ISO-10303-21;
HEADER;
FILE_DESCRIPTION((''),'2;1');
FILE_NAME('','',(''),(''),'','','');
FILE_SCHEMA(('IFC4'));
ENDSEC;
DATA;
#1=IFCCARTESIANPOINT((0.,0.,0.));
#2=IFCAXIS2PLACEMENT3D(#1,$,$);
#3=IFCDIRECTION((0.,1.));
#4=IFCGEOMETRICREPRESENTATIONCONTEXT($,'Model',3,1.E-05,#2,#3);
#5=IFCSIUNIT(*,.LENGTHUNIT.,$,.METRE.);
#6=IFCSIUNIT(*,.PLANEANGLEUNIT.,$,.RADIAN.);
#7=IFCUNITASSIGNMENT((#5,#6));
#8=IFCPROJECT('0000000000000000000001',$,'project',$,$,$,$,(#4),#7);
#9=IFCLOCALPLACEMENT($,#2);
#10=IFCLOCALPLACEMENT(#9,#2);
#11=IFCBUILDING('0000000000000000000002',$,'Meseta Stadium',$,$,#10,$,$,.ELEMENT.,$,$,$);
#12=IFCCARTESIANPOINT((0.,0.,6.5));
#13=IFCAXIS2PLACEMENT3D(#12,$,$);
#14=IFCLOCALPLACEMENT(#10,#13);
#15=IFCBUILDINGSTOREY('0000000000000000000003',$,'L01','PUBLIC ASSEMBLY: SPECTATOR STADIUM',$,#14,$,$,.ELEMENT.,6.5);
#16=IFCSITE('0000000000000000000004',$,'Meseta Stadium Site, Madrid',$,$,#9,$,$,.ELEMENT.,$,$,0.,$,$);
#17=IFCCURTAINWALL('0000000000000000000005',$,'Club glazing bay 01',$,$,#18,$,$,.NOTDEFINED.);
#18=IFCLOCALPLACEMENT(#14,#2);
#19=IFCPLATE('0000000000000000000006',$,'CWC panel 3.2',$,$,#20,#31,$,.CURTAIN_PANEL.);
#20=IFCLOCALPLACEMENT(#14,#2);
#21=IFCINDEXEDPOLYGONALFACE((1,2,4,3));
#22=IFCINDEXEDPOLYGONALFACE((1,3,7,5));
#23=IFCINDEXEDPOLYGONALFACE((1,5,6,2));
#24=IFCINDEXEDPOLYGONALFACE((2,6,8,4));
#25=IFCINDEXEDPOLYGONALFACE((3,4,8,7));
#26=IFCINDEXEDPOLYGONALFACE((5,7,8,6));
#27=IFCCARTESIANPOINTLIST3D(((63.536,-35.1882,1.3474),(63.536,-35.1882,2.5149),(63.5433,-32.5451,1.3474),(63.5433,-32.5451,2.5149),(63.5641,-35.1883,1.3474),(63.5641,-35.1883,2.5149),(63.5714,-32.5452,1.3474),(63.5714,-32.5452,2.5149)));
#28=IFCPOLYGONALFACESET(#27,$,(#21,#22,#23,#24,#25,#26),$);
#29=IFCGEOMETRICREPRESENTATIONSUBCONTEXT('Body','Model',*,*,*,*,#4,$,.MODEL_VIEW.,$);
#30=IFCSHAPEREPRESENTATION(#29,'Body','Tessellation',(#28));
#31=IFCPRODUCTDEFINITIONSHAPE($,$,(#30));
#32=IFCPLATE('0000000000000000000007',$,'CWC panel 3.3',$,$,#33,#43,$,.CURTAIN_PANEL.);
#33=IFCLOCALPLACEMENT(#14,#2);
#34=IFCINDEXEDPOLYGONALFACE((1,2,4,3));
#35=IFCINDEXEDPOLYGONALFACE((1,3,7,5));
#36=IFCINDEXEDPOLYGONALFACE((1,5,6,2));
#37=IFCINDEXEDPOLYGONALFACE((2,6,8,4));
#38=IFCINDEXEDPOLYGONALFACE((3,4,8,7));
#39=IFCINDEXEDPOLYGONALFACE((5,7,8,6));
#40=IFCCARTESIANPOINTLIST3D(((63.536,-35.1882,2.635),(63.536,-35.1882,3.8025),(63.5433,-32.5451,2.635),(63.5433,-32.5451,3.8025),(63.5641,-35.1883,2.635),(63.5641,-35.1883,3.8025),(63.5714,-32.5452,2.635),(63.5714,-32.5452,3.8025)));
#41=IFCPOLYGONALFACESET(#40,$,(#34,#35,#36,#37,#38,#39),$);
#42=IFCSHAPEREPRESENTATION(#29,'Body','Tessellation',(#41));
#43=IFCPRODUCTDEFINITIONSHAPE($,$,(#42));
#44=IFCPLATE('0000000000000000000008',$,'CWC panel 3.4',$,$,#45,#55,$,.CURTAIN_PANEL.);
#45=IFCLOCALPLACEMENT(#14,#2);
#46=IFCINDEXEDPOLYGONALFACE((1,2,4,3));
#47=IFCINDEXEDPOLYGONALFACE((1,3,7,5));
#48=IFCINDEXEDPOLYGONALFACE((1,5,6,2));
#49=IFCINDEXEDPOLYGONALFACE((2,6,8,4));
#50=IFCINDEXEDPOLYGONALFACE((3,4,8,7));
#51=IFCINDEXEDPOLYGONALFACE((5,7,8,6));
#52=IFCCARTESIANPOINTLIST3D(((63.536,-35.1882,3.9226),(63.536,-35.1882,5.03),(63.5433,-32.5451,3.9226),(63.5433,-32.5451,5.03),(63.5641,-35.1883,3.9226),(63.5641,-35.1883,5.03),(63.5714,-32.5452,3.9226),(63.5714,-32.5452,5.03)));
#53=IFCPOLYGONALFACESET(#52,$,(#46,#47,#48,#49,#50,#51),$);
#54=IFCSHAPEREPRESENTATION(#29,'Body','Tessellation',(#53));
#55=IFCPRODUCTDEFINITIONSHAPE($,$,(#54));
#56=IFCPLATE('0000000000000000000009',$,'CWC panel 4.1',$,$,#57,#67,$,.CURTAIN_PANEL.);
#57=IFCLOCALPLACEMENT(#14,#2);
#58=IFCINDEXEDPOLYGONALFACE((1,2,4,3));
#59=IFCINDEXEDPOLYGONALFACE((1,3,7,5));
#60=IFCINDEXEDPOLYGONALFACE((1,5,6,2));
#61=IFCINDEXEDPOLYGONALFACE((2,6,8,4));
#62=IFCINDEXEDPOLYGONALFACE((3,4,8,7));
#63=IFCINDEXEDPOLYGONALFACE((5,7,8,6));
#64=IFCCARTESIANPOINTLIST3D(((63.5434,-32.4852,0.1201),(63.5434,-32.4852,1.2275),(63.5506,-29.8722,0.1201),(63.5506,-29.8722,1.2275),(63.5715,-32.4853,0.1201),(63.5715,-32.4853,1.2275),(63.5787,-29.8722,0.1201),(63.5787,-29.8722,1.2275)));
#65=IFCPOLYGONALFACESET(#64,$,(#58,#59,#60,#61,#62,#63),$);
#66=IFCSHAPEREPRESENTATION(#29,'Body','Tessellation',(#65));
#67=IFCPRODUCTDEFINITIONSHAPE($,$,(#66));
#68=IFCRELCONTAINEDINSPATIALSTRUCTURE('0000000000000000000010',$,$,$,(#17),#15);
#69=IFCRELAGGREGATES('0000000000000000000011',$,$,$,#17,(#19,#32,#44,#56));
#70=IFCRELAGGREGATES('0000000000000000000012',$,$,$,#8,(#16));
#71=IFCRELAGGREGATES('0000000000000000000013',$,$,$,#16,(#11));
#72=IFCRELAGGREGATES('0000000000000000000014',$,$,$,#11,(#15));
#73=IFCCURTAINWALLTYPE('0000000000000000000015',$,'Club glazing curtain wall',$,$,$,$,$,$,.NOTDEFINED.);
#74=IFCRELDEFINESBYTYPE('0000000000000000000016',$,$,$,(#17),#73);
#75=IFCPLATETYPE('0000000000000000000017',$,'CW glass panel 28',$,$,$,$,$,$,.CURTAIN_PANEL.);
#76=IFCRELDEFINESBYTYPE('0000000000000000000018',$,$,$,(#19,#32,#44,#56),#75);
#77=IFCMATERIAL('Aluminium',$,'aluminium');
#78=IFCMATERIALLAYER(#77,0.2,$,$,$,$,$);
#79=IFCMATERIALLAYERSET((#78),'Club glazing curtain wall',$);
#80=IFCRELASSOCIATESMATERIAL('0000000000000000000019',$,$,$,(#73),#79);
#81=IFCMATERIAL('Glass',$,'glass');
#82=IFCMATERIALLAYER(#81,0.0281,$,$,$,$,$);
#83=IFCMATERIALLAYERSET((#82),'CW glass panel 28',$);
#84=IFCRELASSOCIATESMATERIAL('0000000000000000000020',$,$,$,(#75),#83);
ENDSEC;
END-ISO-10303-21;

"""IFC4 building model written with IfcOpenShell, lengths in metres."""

from ifc_helpers import new_model, si_unit, direction, frame, origin, origin_2d, place, context, subcontext, project, spatial, rectangle, extrude, material, layer, layer_set, type_object, element, aggregate, save


model = new_model("IFC4")

# Units and contexts
model_context = context("Model", 3, precision=1e-05, world=origin(), true_north=direction((0.0, 1.0)))
body_context = subcontext(model_context, "Body", "Model", "MODEL_VIEW")
ifc_project = project(units=[si_unit("LENGTHUNIT", "METRE"), si_unit("PLANEANGLEUNIT", "RADIAN")], contexts=[model_context])

# Site, building, storey
site_placement = place(None, origin())
site = spatial("IfcSite", under=ifc_project, at=site_placement, Name="Meseta Stadium Site, Madrid", CompositionType="ELEMENT", RefElevation=0.0)
building_placement = place(site_placement, origin())
building = spatial("IfcBuilding", under=site, at=building_placement, Name="Meseta Stadium", CompositionType="ELEMENT")
storey_placement = place(building_placement, frame((0.0, 0.0, 6.5)))
storey = spatial("IfcBuildingStorey", under=building, at=storey_placement, Name="L01", Description="PUBLIC ASSEMBLY: SPECTATOR STADIUM", CompositionType="ELEMENT", Elevation=6.5)

# Curtain wall, plates
ifc_material_1 = material(Name="Aluminium", Category="aluminium")
ifc_layer_1 = layer(ifc_material_1, 0.2)
ifc_layer_set_1 = layer_set([ifc_layer_1], Name="Club glazing curtain wall")
curtain_wall_type = type_object("IfcCurtainWallType", Name="Club glazing curtain wall", PredefinedType="NOTDEFINED", material=ifc_layer_set_1)
curtain_wall_placement = place(storey_placement, origin())
curtain_wall = element("IfcCurtainWall", 1, at=curtain_wall_placement, inside=storey, type_object=curtain_wall_type, Name="Club glazing bay 01", PredefinedType="NOTDEFINED")
ifc_material_2 = material(Name="Glass", Category="glass")
ifc_layer_2 = layer(ifc_material_2, 0.0281)
ifc_layer_set_2 = layer_set([ifc_layer_2], Name="CW glass panel 28")
plate_type = type_object("IfcPlateType", Name="CW glass panel 28", PredefinedType="CURTAIN_PANEL", material=ifc_layer_set_2)
plate_1_placement = place(storey_placement, frame((63.5537, -33.8667, 1.3474), z_axis=(0.0, 0.0, 1.0), x_axis=(0.002758, 0.999996, 0.0)))
plate_1 = element("IfcPlate", 2, at=plate_1_placement, type_object=plate_type, Name="CWC panel 3.2", PredefinedType="CURTAIN_PANEL", context=body_context, shape_type="SweptSolid", body=[
    extrude(rectangle(XDim=2.6431, YDim=0.0281, at=origin_2d()), origin(), (0.0, 0.0, 1.0), 1.1675),
])
plate_2_placement = place(storey_placement, frame((63.5537, -33.8667, 2.635), z_axis=(0.0, 0.0, 1.0), x_axis=(0.002758, 0.999996, 0.0)))
plate_2 = element("IfcPlate", 3, at=plate_2_placement, type_object=plate_type, Name="CWC panel 3.3", PredefinedType="CURTAIN_PANEL", context=body_context, shape_type="SweptSolid", body=[
    extrude(rectangle(XDim=2.6431, YDim=0.0281, at=origin_2d()), origin(), (0.0, 0.0, 1.0), 1.1675),
])
plate_3_placement = place(storey_placement, frame((63.5537, -33.8667, 3.9226), z_axis=(0.0, 0.0, 1.0), x_axis=(0.002758, 0.999996, 0.0)))
plate_3 = element("IfcPlate", 4, at=plate_3_placement, type_object=plate_type, Name="CWC panel 3.4", PredefinedType="CURTAIN_PANEL", context=body_context, shape_type="SweptSolid", body=[
    extrude(rectangle(XDim=2.6431, YDim=0.0281, at=origin_2d()), origin(), (0.0, 0.0, 1.0), 1.1074),
])
plate_4_placement = place(storey_placement, frame((63.561, -31.1787, 0.1201), z_axis=(0.0, 0.0, 1.0), x_axis=(0.002758, 0.999996, 0.0)))
plate_4 = element("IfcPlate", 5, at=plate_4_placement, type_object=plate_type, Name="CWC panel 4.1", PredefinedType="CURTAIN_PANEL", context=body_context, shape_type="SweptSolid", body=[
    extrude(rectangle(XDim=2.613, YDim=0.0281, at=origin_2d()), origin(), (0.0, 0.0, 1.0), 1.1074),
])
aggregate(curtain_wall, [plate_1, plate_2, plate_3, plate_4])

save(model, "model.ifc")
